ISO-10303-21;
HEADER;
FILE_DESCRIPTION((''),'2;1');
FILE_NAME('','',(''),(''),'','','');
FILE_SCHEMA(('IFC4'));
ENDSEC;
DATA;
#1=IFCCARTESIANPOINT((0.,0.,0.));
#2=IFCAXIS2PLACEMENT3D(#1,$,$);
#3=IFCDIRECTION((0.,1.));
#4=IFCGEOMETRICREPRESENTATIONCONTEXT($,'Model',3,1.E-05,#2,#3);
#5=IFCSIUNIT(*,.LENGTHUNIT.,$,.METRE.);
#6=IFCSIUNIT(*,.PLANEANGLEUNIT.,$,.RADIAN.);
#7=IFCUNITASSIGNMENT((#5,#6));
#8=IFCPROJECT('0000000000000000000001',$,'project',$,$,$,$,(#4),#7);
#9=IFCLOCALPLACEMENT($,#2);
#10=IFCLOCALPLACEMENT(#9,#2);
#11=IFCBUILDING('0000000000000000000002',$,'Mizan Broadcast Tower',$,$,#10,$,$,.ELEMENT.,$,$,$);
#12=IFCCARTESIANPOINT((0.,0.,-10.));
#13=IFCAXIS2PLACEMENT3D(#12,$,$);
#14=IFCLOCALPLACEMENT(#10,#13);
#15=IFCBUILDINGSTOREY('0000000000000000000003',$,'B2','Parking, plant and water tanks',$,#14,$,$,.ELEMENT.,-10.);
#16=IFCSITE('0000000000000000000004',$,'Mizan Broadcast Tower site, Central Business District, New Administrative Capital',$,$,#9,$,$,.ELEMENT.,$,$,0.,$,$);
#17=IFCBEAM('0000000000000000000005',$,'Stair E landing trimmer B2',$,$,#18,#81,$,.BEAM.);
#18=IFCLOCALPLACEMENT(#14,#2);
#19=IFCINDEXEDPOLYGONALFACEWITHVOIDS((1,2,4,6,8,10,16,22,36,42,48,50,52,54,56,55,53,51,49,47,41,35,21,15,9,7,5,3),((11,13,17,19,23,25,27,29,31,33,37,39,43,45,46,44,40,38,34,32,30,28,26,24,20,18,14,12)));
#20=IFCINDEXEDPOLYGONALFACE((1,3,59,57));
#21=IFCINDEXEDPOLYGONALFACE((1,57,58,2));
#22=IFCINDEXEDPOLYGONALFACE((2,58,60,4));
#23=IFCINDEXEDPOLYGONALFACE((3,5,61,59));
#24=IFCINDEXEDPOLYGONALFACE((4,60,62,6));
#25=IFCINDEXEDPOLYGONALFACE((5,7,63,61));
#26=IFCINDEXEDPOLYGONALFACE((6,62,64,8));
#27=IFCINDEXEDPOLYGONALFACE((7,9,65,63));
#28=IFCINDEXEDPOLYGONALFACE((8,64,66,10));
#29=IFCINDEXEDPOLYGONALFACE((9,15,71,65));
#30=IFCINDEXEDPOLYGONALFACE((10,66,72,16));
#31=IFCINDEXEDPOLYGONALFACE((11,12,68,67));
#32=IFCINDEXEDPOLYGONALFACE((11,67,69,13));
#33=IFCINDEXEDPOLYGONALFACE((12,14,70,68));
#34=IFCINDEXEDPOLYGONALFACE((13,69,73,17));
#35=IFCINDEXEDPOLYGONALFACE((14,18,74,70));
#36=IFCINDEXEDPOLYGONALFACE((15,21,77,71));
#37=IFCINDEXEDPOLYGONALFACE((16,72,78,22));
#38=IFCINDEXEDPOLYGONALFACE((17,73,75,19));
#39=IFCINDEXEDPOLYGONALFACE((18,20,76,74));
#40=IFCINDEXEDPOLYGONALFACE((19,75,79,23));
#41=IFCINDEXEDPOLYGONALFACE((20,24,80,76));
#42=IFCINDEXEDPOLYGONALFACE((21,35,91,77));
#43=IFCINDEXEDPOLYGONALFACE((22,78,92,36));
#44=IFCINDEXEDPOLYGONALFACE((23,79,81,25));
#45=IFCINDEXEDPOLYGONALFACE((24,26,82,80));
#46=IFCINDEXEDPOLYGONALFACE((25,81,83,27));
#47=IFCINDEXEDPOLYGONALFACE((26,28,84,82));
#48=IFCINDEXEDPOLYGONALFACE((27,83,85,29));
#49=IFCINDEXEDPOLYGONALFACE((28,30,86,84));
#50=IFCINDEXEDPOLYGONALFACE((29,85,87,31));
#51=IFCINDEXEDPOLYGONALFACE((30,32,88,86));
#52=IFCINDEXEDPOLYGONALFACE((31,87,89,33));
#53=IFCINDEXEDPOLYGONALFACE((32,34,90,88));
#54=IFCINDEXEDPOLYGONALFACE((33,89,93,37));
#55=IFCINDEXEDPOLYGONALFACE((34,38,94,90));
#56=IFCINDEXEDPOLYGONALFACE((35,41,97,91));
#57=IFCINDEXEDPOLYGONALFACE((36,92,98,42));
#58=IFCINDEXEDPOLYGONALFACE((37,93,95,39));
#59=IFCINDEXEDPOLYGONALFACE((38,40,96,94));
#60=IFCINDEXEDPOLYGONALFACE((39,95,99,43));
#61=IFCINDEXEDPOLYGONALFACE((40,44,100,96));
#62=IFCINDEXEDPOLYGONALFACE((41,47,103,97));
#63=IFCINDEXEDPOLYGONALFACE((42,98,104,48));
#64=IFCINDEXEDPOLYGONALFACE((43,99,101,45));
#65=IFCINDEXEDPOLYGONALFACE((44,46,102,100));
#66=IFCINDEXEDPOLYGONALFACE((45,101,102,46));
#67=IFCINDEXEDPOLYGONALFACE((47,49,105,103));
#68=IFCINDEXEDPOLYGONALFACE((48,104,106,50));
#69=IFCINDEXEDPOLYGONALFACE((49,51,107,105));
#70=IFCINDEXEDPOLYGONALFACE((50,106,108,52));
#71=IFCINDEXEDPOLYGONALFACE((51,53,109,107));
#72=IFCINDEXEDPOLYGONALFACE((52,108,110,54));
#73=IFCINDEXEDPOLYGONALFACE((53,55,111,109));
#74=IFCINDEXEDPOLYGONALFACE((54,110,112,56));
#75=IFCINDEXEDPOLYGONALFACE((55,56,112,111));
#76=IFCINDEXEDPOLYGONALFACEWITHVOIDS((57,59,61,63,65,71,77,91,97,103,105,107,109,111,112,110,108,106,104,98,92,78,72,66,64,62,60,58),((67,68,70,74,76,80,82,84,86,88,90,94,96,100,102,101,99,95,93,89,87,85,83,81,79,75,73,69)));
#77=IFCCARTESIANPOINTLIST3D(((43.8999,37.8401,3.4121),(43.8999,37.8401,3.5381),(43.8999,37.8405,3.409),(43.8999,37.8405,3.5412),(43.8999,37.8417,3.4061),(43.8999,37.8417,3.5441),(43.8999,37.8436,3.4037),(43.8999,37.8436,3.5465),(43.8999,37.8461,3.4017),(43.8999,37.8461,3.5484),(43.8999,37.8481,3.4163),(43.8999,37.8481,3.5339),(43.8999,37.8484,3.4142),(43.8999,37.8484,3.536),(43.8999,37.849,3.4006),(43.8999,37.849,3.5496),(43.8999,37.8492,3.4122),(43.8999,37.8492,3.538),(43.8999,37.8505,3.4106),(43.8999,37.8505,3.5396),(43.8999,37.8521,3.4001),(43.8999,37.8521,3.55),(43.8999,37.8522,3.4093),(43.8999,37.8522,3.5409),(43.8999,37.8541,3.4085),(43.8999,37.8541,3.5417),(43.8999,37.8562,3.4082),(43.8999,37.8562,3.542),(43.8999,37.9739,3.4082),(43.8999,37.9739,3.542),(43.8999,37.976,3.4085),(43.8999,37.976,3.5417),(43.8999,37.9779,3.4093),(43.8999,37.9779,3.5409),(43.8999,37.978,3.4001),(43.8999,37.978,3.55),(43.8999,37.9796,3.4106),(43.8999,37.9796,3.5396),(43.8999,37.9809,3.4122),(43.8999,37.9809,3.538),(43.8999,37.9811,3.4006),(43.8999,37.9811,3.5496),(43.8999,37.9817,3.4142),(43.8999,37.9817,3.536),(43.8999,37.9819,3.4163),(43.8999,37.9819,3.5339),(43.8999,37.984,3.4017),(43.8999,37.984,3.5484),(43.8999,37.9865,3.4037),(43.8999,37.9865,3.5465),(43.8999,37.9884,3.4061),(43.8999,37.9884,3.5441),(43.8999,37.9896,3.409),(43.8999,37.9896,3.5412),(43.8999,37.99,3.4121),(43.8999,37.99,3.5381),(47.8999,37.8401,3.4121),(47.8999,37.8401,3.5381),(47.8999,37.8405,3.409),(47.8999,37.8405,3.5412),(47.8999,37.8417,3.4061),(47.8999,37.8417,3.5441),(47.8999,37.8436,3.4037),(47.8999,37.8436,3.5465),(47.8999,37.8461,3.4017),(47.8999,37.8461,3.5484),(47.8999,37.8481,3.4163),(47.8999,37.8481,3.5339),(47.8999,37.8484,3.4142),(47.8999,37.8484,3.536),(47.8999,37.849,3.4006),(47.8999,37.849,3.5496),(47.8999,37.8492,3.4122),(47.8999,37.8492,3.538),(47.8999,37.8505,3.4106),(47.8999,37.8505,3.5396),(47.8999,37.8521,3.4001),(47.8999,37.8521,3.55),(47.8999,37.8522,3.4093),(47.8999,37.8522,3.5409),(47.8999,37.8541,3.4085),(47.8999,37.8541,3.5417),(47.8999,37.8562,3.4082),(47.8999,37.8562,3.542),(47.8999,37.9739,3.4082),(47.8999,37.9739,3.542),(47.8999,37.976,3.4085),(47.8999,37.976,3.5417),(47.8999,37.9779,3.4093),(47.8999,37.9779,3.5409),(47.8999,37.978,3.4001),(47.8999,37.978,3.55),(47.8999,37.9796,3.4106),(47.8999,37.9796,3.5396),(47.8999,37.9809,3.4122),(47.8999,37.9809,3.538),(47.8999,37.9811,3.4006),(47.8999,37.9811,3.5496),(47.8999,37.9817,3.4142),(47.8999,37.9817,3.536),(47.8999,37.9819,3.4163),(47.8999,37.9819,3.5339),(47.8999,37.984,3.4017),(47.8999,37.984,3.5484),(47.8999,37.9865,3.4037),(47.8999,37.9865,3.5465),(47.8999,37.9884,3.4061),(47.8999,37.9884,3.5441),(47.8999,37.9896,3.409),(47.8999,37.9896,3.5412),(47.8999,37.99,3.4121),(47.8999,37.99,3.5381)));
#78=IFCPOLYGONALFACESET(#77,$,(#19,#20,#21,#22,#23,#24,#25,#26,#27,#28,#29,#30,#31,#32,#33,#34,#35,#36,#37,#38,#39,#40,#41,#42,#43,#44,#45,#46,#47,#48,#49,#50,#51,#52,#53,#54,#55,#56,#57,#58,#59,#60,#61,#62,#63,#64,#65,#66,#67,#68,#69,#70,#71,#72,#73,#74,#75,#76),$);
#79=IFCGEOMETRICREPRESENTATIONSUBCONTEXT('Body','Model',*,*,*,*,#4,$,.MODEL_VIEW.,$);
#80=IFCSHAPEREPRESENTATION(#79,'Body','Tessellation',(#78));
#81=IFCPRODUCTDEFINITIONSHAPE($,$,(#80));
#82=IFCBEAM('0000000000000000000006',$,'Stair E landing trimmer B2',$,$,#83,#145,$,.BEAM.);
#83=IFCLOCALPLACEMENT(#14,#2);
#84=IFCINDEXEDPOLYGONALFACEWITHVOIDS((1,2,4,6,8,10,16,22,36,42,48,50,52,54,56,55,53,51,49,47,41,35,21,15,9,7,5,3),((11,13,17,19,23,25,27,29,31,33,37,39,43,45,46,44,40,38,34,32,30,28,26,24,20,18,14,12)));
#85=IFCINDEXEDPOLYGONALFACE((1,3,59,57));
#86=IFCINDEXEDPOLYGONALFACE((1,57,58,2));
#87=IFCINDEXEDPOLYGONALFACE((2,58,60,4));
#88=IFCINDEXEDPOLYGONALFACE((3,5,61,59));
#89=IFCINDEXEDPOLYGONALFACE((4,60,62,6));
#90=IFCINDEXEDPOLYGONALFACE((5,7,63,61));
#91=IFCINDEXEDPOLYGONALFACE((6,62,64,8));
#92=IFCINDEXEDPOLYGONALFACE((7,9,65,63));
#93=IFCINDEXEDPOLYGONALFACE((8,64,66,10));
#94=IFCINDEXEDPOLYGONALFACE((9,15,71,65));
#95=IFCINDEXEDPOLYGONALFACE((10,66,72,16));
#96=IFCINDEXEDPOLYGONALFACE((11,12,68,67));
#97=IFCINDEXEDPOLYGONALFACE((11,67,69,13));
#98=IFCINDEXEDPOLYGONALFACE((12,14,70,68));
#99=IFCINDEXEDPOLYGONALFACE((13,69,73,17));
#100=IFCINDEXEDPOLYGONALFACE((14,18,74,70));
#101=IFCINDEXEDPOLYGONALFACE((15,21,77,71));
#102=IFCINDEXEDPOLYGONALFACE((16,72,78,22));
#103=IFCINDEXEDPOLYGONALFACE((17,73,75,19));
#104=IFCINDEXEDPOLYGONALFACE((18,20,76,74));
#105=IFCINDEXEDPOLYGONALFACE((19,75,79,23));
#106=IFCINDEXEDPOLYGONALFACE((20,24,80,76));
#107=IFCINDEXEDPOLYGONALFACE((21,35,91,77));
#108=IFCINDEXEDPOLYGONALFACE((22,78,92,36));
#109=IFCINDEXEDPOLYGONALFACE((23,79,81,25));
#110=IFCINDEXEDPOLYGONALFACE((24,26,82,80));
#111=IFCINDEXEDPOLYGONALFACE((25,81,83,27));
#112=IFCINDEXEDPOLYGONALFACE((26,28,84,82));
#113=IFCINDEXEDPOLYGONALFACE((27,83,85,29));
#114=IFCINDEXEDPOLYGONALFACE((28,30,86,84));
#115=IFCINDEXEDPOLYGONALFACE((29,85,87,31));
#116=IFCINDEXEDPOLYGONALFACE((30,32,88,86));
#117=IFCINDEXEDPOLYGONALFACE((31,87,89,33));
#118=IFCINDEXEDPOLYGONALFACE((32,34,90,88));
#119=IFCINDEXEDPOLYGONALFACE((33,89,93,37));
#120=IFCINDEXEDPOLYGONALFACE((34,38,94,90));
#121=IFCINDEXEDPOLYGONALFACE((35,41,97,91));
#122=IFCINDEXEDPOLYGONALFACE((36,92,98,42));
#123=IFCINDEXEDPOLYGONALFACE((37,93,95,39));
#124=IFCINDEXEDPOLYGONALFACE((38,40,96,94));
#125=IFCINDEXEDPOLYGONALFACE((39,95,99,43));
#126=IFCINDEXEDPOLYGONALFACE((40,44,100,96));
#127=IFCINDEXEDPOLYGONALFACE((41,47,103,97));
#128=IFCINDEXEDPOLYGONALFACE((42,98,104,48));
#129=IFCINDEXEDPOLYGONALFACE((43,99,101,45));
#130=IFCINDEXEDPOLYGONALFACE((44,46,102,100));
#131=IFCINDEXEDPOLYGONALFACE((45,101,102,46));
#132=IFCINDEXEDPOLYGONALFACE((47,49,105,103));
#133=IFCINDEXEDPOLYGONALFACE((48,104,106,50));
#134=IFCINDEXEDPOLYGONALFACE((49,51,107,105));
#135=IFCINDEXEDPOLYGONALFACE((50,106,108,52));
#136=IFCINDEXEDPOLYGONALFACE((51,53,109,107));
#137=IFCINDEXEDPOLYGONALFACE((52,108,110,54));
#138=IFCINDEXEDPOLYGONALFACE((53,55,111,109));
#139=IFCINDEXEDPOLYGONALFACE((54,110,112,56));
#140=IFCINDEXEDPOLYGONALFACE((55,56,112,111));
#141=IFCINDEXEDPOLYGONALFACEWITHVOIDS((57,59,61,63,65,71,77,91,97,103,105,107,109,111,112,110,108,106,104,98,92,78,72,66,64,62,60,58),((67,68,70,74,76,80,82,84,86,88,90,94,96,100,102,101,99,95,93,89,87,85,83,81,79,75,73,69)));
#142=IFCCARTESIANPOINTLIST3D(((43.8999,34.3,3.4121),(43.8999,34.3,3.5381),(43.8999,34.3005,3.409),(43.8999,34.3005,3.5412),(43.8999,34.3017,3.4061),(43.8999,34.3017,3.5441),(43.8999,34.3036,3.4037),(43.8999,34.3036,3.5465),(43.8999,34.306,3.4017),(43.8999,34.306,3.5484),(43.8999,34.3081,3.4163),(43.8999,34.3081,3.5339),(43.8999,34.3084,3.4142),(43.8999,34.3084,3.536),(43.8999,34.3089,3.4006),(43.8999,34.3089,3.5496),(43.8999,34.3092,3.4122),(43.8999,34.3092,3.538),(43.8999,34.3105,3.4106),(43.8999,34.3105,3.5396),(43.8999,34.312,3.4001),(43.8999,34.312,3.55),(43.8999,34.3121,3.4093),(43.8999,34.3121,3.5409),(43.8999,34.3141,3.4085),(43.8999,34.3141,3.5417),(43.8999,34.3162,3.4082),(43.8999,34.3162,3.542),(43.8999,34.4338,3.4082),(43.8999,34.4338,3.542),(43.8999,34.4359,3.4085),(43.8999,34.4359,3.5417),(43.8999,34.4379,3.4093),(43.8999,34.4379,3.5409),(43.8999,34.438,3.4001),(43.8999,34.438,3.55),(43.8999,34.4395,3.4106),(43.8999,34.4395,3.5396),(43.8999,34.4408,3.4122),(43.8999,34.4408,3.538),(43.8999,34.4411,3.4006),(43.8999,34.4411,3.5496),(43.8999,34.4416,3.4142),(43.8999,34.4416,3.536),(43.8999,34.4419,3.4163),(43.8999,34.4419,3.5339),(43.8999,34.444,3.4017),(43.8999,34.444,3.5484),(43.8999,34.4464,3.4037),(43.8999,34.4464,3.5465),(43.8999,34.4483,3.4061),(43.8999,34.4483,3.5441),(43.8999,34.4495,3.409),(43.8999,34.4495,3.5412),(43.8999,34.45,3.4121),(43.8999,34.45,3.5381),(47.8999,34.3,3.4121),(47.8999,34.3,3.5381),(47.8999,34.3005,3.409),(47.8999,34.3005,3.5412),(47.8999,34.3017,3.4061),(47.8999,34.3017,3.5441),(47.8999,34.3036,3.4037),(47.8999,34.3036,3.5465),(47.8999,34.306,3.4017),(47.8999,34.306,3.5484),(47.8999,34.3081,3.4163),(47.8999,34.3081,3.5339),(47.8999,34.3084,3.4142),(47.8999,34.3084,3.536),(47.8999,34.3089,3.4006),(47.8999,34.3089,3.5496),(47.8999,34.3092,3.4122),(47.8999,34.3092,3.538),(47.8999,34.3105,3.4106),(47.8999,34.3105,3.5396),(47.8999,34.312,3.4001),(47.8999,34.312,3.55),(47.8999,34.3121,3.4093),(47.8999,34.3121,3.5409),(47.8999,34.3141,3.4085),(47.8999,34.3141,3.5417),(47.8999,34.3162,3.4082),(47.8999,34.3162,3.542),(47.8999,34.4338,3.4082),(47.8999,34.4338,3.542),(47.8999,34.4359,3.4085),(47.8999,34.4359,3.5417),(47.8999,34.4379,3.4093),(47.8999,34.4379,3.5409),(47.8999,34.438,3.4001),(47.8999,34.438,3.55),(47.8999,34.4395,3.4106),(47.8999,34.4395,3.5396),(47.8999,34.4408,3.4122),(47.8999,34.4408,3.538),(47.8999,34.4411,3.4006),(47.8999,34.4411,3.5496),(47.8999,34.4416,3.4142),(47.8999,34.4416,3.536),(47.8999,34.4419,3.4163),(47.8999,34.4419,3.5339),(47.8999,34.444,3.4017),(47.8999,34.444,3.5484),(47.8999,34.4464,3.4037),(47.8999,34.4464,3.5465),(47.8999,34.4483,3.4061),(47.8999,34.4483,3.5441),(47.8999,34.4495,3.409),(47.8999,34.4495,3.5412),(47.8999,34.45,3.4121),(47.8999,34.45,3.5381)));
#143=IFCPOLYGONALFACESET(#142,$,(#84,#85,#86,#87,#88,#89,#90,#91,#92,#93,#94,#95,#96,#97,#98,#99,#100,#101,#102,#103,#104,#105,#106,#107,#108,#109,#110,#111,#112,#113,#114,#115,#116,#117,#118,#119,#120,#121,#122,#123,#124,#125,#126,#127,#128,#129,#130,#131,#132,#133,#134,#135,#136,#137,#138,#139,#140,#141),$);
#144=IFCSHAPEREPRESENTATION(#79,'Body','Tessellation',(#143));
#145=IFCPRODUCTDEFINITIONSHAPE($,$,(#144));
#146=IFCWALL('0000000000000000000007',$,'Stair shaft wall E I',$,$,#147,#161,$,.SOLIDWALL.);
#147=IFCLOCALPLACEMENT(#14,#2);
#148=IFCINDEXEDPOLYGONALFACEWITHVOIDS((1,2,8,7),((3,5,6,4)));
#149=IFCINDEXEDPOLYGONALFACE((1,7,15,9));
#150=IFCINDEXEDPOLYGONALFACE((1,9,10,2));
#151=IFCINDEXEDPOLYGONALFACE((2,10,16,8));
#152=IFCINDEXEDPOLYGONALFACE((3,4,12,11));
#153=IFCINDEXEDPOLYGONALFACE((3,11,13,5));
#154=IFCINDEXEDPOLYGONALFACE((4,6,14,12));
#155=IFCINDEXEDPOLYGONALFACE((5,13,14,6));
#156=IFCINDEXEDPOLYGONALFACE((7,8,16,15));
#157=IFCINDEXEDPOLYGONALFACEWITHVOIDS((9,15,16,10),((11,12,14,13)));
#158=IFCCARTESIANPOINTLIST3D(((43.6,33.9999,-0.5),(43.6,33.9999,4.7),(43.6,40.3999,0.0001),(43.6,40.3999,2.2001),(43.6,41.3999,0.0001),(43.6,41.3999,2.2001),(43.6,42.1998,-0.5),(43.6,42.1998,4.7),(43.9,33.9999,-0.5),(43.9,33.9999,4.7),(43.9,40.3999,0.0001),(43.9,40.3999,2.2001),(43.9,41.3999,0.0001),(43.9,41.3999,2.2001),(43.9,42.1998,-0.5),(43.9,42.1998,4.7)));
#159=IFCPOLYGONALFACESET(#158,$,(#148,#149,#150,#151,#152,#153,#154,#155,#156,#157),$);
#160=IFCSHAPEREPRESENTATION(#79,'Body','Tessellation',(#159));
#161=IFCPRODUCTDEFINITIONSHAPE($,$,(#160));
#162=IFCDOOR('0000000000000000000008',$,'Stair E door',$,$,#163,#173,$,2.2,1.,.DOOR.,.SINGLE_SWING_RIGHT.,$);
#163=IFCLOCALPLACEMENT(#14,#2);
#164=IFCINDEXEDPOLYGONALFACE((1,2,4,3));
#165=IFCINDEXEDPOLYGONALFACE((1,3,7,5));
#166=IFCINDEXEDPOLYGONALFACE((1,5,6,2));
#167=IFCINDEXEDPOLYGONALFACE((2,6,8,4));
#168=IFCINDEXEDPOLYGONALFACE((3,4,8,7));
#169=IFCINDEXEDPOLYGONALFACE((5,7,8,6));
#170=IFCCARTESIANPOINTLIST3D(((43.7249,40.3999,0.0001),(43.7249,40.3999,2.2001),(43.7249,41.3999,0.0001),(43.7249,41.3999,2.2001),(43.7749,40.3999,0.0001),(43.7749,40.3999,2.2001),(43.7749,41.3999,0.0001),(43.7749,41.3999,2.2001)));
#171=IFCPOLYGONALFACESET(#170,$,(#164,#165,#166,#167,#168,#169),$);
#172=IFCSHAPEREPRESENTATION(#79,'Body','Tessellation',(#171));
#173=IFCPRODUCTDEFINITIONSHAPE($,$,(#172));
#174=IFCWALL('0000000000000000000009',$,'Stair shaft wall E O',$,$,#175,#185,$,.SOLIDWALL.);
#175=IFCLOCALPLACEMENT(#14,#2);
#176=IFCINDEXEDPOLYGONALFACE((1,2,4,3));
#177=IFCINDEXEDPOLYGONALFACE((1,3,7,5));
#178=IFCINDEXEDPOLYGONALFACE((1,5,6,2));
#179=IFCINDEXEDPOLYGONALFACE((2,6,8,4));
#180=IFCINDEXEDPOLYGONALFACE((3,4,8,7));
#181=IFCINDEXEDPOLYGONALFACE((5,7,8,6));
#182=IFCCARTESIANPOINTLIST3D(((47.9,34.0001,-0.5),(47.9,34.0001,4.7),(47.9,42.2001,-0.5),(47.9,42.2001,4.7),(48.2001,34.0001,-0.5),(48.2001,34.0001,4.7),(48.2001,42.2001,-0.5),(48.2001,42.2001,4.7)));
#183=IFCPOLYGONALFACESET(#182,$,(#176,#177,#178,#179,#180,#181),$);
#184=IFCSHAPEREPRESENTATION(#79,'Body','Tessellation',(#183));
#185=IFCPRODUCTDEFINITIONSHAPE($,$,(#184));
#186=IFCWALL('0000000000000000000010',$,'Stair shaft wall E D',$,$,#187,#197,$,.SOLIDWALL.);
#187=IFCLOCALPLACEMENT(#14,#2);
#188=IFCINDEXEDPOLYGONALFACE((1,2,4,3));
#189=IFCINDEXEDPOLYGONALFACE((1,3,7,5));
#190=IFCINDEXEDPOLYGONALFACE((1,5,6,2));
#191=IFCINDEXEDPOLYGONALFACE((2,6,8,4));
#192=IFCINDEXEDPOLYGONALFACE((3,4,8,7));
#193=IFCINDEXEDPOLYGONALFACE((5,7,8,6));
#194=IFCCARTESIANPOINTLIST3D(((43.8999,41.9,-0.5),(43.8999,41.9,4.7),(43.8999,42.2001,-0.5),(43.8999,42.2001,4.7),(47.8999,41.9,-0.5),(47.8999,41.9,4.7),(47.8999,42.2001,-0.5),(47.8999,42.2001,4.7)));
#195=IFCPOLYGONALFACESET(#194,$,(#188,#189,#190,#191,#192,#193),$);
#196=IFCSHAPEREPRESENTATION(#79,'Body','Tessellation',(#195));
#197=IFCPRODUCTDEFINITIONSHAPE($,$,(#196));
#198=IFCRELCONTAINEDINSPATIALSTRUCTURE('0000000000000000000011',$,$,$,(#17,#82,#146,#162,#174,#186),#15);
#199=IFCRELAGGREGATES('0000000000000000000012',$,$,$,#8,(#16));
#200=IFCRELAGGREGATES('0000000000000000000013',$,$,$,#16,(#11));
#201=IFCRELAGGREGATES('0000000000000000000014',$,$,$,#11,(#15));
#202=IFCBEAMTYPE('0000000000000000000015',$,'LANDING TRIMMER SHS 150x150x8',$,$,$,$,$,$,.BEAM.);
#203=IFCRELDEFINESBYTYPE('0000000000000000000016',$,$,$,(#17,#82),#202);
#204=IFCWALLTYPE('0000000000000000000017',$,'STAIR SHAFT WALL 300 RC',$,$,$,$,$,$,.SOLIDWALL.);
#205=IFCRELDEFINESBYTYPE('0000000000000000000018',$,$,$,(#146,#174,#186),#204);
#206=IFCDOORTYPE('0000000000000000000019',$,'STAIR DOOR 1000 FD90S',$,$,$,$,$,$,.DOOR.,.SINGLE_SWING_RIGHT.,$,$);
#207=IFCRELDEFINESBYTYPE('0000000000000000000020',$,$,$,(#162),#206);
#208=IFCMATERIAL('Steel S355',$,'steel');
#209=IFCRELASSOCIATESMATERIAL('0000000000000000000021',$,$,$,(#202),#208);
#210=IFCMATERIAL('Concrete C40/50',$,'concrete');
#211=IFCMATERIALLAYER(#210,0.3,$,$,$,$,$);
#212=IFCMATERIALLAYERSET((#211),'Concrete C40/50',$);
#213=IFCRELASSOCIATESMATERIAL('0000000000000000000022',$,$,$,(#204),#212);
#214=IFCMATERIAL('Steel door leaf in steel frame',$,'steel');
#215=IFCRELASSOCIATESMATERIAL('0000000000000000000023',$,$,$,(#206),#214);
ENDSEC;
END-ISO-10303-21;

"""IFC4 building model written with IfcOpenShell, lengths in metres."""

from ifc_helpers import new_model, si_unit, direction, frame, frame_2d, origin, origin_2d, place, context, subcontext, project, spatial, rectangle, hollow_rectangle, extrude, material, layer, layer_set, material_profile, profile_set, type_object, element, fill, save


model = new_model("IFC4")

# Units and contexts
model_context = context("Model", 3, precision=1e-05, world=origin(), true_north=direction((0.0, 1.0)))
body_context = subcontext(model_context, "Body", "Model", "MODEL_VIEW")
ifc_project = project(units=[si_unit("LENGTHUNIT", "METRE"), si_unit("PLANEANGLEUNIT", "RADIAN")], contexts=[model_context])

# Site, building, storey
site_placement = place(None, origin())
site = spatial("IfcSite", under=ifc_project, at=site_placement, Name="Mizan Broadcast Tower site, Central Business District, New Administrative Capital", CompositionType="ELEMENT", RefElevation=0.0)
building_placement = place(site_placement, origin())
building = spatial("IfcBuilding", under=site, at=building_placement, Name="Mizan Broadcast Tower", CompositionType="ELEMENT")
storey_placement = place(building_placement, frame((0.0, 0.0, -10.0)))
storey = spatial("IfcBuildingStorey", under=building, at=storey_placement, Name="B2", Description="Parking, plant and water tanks", CompositionType="ELEMENT", Elevation=-10.0)

# Beams
ifc_material_1 = material(Name="Steel S355", Category="steel")
ifc_material_profile_1 = material_profile(ifc_material_1, hollow_rectangle(XDim=0.1499, YDim=0.1499, WallThickness=0.0081, InnerFilletRadius=0.0081, OuterFilletRadius=0.012, at=origin_2d()), Name="SHS 150x150x8")
ifc_profile_set_1 = profile_set([ifc_material_profile_1], Name="Steel S355")
beam_type = type_object("IfcBeamType", Name="LANDING TRIMMER SHS 150x150x8", PredefinedType="BEAM", material=ifc_profile_set_1)
for number, where, z_axis, x_axis, name in (
    (1, (43.8999, 37.915, 3.4751), (1.0, 0.0, 0.0), (0.0, 1.0, 0.0), "Stair E landing trimmer B2"),
    (2, (43.8999, 34.375, 3.4751), (1.0, 0.0, 0.0), (0.0, 1.0, 0.0), "Stair E landing trimmer B2"),
):
    element("IfcBeam", number, at=place(storey_placement, frame(where, z_axis=z_axis, x_axis=x_axis)), inside=storey, type_object=beam_type, Name=name, PredefinedType="BEAM", context=body_context, shape_type="SweptSolid", body=[
        extrude(hollow_rectangle(XDim=0.1499, YDim=0.1499, WallThickness=0.0081, InnerFilletRadius=0.0081, OuterFilletRadius=0.012, at=origin_2d()), origin(), (0.0, 0.0, 1.0), 4.0),
    ])

# Wall, opening, door
ifc_material_2 = material(Name="Concrete C40/50", Category="concrete")
ifc_layer_1 = layer(ifc_material_2, 0.3)
ifc_layer_set_1 = layer_set([ifc_layer_1], Name="Concrete C40/50")
wall_type = type_object("IfcWallType", Name="STAIR SHAFT WALL 300 RC", PredefinedType="SOLIDWALL", material=ifc_layer_set_1)
wall_1_placement = place(storey_placement, frame((43.75, 42.2, -0.5), z_axis=(0.0, 0.0, 1.0), x_axis=(0.0, -1.0, 0.0)))
wall_1 = element("IfcWall", 3, at=wall_1_placement, inside=storey, type_object=wall_type, Name="Stair shaft wall E I", PredefinedType="SOLIDWALL", context=body_context, shape_type="SweptSolid", body=[
    extrude(rectangle(XDim=8.2, YDim=0.3, at=frame_2d((4.1001, 0.0))), origin(), (0.0, 0.0, 1.0), 5.2),
])
opening_placement = place(wall_1_placement, frame((0.8, 0.0, 0.5)))
opening = element("IfcOpeningElement", 4, at=opening_placement, cuts=wall_1, PredefinedType="OPENING", context=body_context, shape_type="SweptSolid", body=[
    extrude(rectangle(XDim=1.0, YDim=2.2, at=frame_2d((0.5, 1.1001))), frame((0.0, 0.1599, 0.0), z_axis=(0.0, -1.0, 0.0), x_axis=(1.0, 0.0, 0.0)), (0.0, 0.0, 1.0), 0.3201),
])
ifc_material_3 = material(Name="Steel door leaf in steel frame", Category="steel")
door_type = type_object("IfcDoorType", Name="STAIR DOOR 1000 FD90S", OperationType="SINGLE_SWING_RIGHT", PredefinedType="DOOR", material=ifc_material_3)
door_placement = place(opening_placement, origin())
door = element("IfcDoor", 5, at=door_placement, inside=storey, type_object=door_type, Name="Stair E door", OperationType="SINGLE_SWING_RIGHT", OverallHeight=2.2, OverallWidth=1.0, PredefinedType="DOOR", context=body_context, shape_type="SweptSolid", body=[
    extrude(rectangle(XDim=1.0, YDim=2.2, at=frame_2d((0.5, 1.1001))), frame((0.0, 0.0249, 0.0), z_axis=(0.0, -1.0, 0.0), x_axis=(1.0, 0.0, 0.0)), (0.0, 0.0, 1.0), 0.05),
])
fill(opening, door)

# Walls
wall_2_placement = place(storey_placement, frame((48.05, 34.0, -0.5), z_axis=(0.0, 0.0, 1.0), x_axis=(0.0, 1.0, 0.0)))
element("IfcWall", 6, at=wall_2_placement, inside=storey, type_object=wall_type, Name="Stair shaft wall E O", PredefinedType="SOLIDWALL", context=body_context, shape_type="SweptSolid", body=[
    extrude(rectangle(XDim=8.2, YDim=0.3, at=frame_2d((4.1001, 0.0))), origin(), (0.0, 0.0, 1.0), 5.2),
])
for number, where, z_axis, x_axis, name in (
    (7, (43.8999, 42.05, -0.5), (0.0, 0.0, 1.0), (1.0, 0.0, 0.0), "Stair shaft wall E D"),
):
    element("IfcWall", number, at=place(storey_placement, frame(where, z_axis=z_axis, x_axis=x_axis)), inside=storey, type_object=wall_type, Name=name, PredefinedType="SOLIDWALL", context=body_context, shape_type="SweptSolid", body=[
        extrude(rectangle(XDim=4.0, YDim=0.3, at=frame_2d((2.0, 0.0))), origin(), (0.0, 0.0, 1.0), 5.2),
    ])

save(model, "model.ifc")
